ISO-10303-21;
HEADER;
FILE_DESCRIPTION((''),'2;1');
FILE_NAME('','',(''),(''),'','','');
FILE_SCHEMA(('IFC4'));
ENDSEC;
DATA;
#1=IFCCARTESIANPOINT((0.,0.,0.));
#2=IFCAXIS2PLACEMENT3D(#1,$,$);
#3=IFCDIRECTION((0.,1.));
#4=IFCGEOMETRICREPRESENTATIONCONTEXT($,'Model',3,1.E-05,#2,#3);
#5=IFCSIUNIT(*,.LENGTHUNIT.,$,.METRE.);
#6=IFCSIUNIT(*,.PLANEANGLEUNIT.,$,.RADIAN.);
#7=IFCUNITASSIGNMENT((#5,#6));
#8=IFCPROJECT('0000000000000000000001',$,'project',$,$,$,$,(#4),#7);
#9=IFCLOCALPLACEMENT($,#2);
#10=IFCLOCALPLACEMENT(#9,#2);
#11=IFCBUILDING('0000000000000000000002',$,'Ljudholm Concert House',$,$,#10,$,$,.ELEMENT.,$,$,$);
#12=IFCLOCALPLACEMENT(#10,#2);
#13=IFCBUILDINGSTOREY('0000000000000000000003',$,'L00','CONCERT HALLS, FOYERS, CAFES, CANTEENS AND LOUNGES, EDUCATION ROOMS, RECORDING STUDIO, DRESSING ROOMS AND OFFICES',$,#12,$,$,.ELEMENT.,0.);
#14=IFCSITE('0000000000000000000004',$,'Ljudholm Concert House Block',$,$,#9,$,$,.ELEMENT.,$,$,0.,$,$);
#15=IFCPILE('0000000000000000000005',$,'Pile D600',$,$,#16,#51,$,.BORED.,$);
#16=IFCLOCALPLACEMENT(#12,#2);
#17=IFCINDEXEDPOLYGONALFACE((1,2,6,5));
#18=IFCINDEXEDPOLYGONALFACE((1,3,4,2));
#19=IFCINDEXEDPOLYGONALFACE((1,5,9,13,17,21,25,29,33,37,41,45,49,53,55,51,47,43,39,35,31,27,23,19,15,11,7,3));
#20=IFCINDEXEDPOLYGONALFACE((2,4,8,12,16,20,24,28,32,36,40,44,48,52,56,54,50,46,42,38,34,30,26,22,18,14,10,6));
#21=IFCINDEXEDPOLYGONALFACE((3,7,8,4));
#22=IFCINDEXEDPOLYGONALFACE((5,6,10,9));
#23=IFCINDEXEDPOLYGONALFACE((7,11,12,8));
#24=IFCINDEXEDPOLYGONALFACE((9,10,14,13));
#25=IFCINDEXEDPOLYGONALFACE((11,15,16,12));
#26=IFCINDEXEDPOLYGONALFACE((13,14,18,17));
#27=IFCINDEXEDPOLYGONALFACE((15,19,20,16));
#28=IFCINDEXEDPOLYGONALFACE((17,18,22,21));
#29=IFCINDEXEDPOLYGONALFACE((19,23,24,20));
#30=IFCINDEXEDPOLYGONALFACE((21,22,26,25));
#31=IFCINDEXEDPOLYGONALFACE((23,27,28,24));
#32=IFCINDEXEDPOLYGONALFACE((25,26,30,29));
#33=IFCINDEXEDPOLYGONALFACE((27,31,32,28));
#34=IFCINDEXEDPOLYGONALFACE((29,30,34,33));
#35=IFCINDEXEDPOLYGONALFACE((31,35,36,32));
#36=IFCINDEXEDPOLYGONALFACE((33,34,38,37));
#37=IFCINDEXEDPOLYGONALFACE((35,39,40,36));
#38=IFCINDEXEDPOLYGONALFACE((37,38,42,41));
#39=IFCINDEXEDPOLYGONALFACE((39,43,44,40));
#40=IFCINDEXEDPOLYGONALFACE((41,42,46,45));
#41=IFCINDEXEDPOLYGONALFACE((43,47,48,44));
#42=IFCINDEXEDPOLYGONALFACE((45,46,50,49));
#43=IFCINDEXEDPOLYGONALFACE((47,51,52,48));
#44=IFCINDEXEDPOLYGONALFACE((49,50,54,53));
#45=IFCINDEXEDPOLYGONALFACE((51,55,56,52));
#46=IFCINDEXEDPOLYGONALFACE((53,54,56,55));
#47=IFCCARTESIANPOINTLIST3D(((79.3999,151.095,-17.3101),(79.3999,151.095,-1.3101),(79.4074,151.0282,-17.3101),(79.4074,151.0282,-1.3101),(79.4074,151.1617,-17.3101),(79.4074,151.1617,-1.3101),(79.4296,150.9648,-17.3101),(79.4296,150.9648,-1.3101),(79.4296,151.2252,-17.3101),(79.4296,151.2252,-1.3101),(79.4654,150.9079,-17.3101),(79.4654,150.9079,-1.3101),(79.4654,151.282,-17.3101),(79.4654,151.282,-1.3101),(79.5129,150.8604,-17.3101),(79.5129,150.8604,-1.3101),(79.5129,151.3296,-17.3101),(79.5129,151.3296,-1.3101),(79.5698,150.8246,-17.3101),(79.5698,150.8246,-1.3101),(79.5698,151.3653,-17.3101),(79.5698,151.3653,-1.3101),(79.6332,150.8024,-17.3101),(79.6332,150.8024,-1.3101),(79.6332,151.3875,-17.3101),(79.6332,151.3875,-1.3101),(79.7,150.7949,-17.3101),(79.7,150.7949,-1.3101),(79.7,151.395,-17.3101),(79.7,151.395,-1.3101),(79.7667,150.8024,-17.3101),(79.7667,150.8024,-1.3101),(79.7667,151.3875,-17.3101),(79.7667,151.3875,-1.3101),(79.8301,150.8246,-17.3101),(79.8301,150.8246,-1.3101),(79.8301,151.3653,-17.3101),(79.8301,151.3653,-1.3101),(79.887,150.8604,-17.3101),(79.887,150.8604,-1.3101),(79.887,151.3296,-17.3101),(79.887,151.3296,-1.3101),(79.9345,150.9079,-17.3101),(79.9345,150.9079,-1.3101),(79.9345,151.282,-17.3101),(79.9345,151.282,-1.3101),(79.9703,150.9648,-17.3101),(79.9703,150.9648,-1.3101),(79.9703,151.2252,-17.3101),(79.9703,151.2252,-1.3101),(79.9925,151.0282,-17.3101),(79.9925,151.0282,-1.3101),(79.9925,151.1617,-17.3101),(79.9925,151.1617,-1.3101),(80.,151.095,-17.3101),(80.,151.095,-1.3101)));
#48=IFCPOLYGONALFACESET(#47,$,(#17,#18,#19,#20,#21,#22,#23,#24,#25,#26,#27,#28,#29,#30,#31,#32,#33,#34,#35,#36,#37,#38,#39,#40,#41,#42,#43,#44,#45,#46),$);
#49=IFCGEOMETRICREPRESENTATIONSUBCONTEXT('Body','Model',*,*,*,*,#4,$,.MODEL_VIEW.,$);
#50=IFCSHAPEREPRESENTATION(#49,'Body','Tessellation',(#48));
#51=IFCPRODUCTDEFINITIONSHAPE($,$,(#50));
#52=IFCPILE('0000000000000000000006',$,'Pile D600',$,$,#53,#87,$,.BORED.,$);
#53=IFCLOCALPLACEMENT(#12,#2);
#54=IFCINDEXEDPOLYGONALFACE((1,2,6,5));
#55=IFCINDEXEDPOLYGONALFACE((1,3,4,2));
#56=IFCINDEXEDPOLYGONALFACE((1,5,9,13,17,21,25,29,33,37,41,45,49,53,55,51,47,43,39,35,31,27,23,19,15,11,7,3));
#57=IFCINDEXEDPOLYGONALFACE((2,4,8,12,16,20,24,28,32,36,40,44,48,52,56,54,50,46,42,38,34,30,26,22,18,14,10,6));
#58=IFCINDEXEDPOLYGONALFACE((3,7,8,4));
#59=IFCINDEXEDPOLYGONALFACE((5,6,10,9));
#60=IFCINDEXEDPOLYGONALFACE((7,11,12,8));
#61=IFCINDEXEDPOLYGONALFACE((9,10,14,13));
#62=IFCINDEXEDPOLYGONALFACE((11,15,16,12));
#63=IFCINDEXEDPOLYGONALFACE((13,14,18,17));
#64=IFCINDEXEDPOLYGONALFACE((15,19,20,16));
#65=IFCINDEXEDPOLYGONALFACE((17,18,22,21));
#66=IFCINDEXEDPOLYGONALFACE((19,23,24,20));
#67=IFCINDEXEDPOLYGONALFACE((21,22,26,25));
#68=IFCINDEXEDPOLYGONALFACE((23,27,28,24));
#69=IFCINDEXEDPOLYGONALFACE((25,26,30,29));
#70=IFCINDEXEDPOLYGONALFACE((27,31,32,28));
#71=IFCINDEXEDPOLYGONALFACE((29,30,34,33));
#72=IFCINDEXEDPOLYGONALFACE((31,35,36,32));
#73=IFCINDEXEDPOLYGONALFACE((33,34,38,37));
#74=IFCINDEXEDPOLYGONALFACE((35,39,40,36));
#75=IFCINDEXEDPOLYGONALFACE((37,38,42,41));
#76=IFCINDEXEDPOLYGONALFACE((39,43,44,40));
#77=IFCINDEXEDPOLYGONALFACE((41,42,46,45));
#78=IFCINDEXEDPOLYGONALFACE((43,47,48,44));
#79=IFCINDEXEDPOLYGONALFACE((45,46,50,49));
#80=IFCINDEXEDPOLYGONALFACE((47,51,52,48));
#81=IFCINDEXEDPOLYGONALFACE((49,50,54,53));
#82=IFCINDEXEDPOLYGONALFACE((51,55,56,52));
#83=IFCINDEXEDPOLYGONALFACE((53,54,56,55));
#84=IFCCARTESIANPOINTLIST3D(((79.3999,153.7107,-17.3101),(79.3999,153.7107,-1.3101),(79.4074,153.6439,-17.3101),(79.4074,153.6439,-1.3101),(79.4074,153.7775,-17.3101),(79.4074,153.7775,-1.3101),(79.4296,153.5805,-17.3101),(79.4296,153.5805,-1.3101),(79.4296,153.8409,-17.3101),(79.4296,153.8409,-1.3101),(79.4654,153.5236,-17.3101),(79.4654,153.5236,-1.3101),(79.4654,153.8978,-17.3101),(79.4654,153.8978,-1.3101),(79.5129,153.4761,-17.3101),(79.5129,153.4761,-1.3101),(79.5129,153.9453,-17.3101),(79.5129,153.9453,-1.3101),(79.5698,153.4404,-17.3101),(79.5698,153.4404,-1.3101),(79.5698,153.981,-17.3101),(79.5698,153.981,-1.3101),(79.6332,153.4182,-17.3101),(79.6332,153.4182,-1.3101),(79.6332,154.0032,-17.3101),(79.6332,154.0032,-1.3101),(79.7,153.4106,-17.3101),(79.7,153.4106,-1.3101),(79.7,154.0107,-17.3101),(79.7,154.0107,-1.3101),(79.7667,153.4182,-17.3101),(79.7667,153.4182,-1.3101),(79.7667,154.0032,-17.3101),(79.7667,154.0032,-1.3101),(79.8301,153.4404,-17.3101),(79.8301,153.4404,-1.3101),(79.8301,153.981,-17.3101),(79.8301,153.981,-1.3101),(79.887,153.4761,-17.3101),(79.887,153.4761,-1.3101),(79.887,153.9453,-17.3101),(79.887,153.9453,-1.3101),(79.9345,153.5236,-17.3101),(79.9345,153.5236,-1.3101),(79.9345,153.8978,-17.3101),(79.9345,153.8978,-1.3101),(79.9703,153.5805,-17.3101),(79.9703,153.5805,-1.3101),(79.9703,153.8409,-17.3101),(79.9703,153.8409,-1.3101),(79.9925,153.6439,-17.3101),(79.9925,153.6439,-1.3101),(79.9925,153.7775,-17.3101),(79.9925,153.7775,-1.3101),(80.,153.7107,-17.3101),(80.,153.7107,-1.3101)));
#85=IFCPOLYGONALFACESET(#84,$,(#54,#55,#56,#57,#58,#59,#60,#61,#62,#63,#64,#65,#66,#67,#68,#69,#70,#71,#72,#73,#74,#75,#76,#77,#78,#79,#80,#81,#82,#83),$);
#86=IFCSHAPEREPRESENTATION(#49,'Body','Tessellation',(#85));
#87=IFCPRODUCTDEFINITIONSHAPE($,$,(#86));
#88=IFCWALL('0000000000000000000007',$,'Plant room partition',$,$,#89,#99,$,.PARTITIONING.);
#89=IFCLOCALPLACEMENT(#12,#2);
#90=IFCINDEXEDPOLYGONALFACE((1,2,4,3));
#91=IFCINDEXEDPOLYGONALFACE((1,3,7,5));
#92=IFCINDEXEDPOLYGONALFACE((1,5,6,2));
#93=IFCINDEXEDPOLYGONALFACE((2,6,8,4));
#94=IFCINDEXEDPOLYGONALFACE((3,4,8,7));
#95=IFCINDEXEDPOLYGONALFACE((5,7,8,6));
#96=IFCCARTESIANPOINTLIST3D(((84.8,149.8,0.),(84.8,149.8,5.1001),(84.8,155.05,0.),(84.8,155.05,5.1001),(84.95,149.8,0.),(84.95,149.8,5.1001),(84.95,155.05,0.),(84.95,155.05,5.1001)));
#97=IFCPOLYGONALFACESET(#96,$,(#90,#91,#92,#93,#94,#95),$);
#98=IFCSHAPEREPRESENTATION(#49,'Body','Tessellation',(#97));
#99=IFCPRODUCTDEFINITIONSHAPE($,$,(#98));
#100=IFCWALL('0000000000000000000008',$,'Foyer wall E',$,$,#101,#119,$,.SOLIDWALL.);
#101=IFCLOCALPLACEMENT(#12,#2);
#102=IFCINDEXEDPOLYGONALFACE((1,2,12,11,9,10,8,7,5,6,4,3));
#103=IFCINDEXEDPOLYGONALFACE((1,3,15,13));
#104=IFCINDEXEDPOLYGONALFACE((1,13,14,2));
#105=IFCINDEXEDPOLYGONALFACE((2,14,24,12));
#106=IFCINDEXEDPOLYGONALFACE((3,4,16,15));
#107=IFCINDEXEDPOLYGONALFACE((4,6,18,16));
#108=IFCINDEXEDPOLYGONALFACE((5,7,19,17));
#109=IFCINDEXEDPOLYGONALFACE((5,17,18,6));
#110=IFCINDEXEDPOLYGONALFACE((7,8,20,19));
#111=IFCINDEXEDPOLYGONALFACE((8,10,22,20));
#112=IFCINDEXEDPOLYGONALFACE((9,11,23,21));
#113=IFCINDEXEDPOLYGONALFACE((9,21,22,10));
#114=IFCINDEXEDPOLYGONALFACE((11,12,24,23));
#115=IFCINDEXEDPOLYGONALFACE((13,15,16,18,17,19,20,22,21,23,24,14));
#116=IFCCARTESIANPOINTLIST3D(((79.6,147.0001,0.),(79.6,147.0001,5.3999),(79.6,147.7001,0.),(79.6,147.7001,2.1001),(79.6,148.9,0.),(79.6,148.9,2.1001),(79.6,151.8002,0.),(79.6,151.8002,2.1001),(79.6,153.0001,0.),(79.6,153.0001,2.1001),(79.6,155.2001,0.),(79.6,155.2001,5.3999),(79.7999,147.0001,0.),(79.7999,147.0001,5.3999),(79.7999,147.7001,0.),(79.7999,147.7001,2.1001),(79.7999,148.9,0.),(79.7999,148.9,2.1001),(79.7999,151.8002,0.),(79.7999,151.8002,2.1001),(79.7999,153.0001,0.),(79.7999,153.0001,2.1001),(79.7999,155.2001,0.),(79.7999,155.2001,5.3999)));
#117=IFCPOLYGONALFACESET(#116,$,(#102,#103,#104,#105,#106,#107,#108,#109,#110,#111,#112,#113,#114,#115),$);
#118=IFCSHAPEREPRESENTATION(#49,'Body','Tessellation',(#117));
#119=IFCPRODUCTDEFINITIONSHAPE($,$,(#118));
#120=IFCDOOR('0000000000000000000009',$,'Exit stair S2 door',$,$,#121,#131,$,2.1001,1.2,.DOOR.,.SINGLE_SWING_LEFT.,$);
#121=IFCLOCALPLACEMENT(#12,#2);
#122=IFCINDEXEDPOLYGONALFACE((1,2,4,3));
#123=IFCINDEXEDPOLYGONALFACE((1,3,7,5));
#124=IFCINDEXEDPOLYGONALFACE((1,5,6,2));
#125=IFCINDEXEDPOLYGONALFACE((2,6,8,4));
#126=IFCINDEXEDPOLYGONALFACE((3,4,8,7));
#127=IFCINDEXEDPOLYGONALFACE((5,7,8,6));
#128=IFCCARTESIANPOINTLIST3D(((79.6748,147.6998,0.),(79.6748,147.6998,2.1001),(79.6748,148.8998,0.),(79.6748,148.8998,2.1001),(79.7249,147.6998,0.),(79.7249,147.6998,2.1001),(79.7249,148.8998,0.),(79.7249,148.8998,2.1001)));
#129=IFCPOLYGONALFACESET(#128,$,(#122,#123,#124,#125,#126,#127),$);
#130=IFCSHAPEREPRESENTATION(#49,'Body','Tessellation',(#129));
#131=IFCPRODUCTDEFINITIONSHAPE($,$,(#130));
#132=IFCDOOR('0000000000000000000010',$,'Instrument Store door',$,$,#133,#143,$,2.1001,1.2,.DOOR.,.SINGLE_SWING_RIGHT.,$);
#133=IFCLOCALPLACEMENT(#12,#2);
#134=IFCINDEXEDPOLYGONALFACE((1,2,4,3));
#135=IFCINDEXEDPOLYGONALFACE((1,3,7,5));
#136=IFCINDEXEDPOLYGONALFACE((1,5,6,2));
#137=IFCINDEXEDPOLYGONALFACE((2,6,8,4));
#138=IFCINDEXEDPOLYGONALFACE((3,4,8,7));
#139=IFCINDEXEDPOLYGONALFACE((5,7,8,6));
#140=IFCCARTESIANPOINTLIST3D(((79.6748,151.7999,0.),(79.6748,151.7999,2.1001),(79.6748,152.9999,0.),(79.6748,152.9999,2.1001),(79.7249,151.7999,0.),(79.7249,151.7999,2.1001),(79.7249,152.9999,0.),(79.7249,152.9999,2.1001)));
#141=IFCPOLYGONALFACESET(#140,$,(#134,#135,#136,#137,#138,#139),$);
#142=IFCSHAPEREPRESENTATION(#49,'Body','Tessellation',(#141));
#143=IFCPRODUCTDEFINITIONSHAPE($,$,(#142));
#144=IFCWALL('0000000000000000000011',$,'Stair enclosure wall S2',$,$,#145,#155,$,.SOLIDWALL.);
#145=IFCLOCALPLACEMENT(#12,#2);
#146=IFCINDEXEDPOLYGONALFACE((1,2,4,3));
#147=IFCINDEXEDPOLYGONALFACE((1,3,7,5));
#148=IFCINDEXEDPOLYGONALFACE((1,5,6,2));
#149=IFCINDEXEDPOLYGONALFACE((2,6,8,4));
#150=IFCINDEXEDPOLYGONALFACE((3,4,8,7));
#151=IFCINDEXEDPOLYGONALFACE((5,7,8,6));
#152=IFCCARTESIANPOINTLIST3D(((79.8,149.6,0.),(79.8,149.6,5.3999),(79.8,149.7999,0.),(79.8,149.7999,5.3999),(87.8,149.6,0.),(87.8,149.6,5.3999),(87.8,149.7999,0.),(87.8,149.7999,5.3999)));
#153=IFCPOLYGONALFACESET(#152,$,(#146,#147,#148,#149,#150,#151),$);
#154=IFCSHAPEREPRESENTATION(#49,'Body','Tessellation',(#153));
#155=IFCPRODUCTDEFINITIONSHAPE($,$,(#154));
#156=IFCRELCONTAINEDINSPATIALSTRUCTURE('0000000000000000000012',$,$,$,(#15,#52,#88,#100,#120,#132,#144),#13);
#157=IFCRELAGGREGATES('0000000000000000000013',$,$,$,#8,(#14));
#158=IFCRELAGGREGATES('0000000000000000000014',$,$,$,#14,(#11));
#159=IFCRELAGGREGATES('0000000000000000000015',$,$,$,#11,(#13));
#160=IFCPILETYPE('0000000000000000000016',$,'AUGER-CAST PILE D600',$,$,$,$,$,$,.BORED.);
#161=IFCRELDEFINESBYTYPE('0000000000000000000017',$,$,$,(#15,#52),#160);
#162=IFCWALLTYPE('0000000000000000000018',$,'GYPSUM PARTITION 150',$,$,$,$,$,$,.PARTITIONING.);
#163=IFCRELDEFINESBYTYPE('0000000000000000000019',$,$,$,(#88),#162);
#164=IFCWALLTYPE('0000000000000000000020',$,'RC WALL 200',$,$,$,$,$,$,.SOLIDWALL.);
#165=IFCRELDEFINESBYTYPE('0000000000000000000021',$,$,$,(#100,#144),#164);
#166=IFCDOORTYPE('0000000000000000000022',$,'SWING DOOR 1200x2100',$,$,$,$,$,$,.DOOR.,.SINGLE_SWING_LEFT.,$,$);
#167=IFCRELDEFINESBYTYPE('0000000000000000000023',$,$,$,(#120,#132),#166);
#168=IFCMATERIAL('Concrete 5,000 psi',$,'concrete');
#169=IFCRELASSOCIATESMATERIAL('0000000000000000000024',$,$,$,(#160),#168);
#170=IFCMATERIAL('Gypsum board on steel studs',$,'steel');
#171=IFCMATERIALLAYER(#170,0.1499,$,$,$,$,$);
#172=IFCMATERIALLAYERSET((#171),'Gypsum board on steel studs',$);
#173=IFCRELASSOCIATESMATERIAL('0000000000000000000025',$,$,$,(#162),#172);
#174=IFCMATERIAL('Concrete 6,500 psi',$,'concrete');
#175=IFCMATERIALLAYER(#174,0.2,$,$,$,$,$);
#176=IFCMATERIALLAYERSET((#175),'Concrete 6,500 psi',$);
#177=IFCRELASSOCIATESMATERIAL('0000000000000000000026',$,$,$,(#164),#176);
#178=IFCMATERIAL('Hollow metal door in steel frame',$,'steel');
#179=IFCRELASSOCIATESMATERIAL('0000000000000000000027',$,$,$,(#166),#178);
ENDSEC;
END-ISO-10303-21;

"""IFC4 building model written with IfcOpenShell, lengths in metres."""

from ifc_helpers import new_model, si_unit, direction, frame, frame_2d, origin, origin_2d, place, context, subcontext, project, spatial, rectangle, circle, extrude, material, layer, layer_set, material_profile, profile_set, type_object, element, fill, save


model = new_model("IFC4")

# Units and contexts
model_context = context("Model", 3, precision=1e-05, world=origin(), true_north=direction((0.0, 1.0)))
body_context = subcontext(model_context, "Body", "Model", "MODEL_VIEW")
ifc_project = project(units=[si_unit("LENGTHUNIT", "METRE"), si_unit("PLANEANGLEUNIT", "RADIAN")], contexts=[model_context])

# Site, building, storey
site_placement = place(None, origin())
site = spatial("IfcSite", under=ifc_project, at=site_placement, Name="Ljudholm Concert House Block", CompositionType="ELEMENT", RefElevation=0.0)
building_placement = place(site_placement, origin())
building = spatial("IfcBuilding", under=site, at=building_placement, Name="Ljudholm Concert House", CompositionType="ELEMENT")
storey_placement = place(building_placement, origin())
storey = spatial("IfcBuildingStorey", under=building, at=storey_placement, Name="L00", Description="CONCERT HALLS, FOYERS, CAFES, CANTEENS AND LOUNGES, EDUCATION ROOMS, RECORDING STUDIO, DRESSING ROOMS AND OFFICES", CompositionType="ELEMENT", Elevation=0.0)

# Piles
ifc_material_1 = material(Name="Concrete 5,000 psi", Category="concrete")
ifc_material_profile = material_profile(ifc_material_1, circle(Radius=0.3, at=origin_2d()), Name="AUGER-CAST PILE D600")
ifc_profile_set = profile_set([ifc_material_profile], Name="Concrete 5,000 psi")
pile_type = type_object("IfcPileType", Name="AUGER-CAST PILE D600", PredefinedType="BORED", material=ifc_profile_set)
for number, where, z_axis, x_axis, name in (
    (1, (79.7, 151.095, -1.3101), (0.0, 0.0, -1.0), (1.0, 0.0, 0.0), "Pile D600"),
    (2, (79.7, 153.7107, -1.3101), (0.0, 0.0, -1.0), (1.0, 0.0, 0.0), "Pile D600"),
):
    element("IfcPile", number, at=place(storey_placement, frame(where, z_axis=z_axis, x_axis=x_axis)), inside=storey, type_object=pile_type, Name=name, PredefinedType="BORED", context=body_context, shape_type="SweptSolid", body=[
        extrude(circle(Radius=0.3, at=origin_2d()), origin(), (0.0, 0.0, 1.0), 16.0),
    ])

# Wall
ifc_material_2 = material(Name="Gypsum board on steel studs", Category="steel")
ifc_layer_1 = layer(ifc_material_2, 0.1499)
ifc_layer_set_1 = layer_set([ifc_layer_1], Name="Gypsum board on steel studs")
wall_type_1 = type_object("IfcWallType", Name="GYPSUM PARTITION 150", PredefinedType="PARTITIONING", material=ifc_layer_set_1)
wall_1_placement = place(storey_placement, frame((84.875, 149.8, 0.0), z_axis=(0.0, 0.0, 1.0), x_axis=(0.0, 1.0, 0.0)))
element("IfcWall", 3, at=wall_1_placement, inside=storey, type_object=wall_type_1, Name="Plant room partition", PredefinedType="PARTITIONING", context=body_context, shape_type="SweptSolid", body=[
    extrude(rectangle(XDim=5.25, YDim=0.1499, at=frame_2d((2.625, 0.0))), origin(), (0.0, 0.0, 1.0), 5.1001),
])

# Wall, openings, doors
ifc_material_3 = material(Name="Concrete 6,500 psi", Category="concrete")
ifc_layer_2 = layer(ifc_material_3, 0.2)
ifc_layer_set_2 = layer_set([ifc_layer_2], Name="Concrete 6,500 psi")
wall_type_2 = type_object("IfcWallType", Name="RC WALL 200", PredefinedType="SOLIDWALL", material=ifc_layer_set_2)
wall_2_placement = place(storey_placement, frame((79.7, 147.0, 0.0), z_axis=(0.0, 0.0, 1.0), x_axis=(0.0, 1.0, 0.0)))
wall_2 = element("IfcWall", 4, at=wall_2_placement, inside=storey, type_object=wall_type_2, Name="Foyer wall E", PredefinedType="SOLIDWALL", context=body_context, shape_type="SweptSolid", body=[
    extrude(rectangle(XDim=8.2, YDim=0.2, at=frame_2d((4.1001, 0.0))), origin(), (0.0, 0.0, 1.0), 5.3999),
])
opening_1_placement = place(wall_2_placement, frame((0.7, 0.0, 0.0)))
opening_1 = element("IfcOpeningElement", 5, at=opening_1_placement, cuts=wall_2, PredefinedType="OPENING", context=body_context, shape_type="SweptSolid", body=[
    extrude(rectangle(XDim=1.2, YDim=2.1001, at=frame_2d((0.6001, 1.05))), frame((0.0, 0.1099, 0.0), z_axis=(0.0, -1.0, 0.0), x_axis=(1.0, 0.0, 0.0)), (0.0, 0.0, 1.0), 0.22),
])
opening_2_placement = place(wall_2_placement, frame((4.8, 0.0, 0.0)))
opening_2 = element("IfcOpeningElement", 6, at=opening_2_placement, cuts=wall_2, PredefinedType="OPENING", context=body_context, shape_type="SweptSolid", body=[
    extrude(rectangle(XDim=1.2, YDim=2.1001, at=frame_2d((0.6001, 1.05))), frame((0.0, 0.1099, 0.0), z_axis=(0.0, -1.0, 0.0), x_axis=(1.0, 0.0, 0.0)), (0.0, 0.0, 1.0), 0.22),
])
ifc_material_4 = material(Name="Hollow metal door in steel frame", Category="steel")
door_type_1 = type_object("IfcDoorType", Name="SWING DOOR 1200x2100", OperationType="SINGLE_SWING_LEFT", PredefinedType="DOOR", material=ifc_material_4)
door_1_placement = place(opening_1_placement, frame((1.2, 0.0, 0.0), z_axis=(0.0, 0.0, 1.0), x_axis=(-1.0, 0.0, 0.0)))
door_1 = element("IfcDoor", 7, at=door_1_placement, inside=storey, type_object=door_type_1, Name="Exit stair S2 door", OperationType="SINGLE_SWING_LEFT", OverallHeight=2.1001, OverallWidth=1.2, PredefinedType="DOOR", context=body_context, shape_type="SweptSolid", body=[
    extrude(rectangle(XDim=1.2, YDim=2.1001, at=frame_2d((0.6001, 1.05))), frame((0.0, 0.0249, 0.0), z_axis=(0.0, -1.0, 0.0), x_axis=(1.0, 0.0, 0.0)), (0.0, 0.0, 1.0), 0.05),
])
fill(opening_1, door_1)
door_2_placement = place(opening_2_placement, frame((1.2, 0.0, 0.0), z_axis=(0.0, 0.0, 1.0), x_axis=(-1.0, 0.0, 0.0)))
door_2 = element("IfcDoor", 8, at=door_2_placement, inside=storey, type_object=door_type_1, Name="Instrument Store door", OperationType="SINGLE_SWING_RIGHT", OverallHeight=2.1001, OverallWidth=1.2, PredefinedType="DOOR", context=body_context, shape_type="SweptSolid", body=[
    extrude(rectangle(XDim=1.2, YDim=2.1001, at=frame_2d((0.6001, 1.05))), frame((0.0, 0.0249, 0.0), z_axis=(0.0, -1.0, 0.0), x_axis=(1.0, 0.0, 0.0)), (0.0, 0.0, 1.0), 0.05),
])
fill(opening_2, door_2)

# Wall
wall_3_placement = place(storey_placement, frame((79.8, 149.7, 0.0), z_axis=(0.0, 0.0, 1.0), x_axis=(1.0, 0.0, 0.0)))
element("IfcWall", 9, at=wall_3_placement, inside=storey, type_object=wall_type_2, Name="Stair enclosure wall S2", PredefinedType="SOLIDWALL", context=body_context, shape_type="SweptSolid", body=[
    extrude(rectangle(XDim=8.0, YDim=0.2, at=frame_2d((4.0, 0.0))), origin(), (0.0, 0.0, 1.0), 5.3999),
])

save(model, "model.ifc")
